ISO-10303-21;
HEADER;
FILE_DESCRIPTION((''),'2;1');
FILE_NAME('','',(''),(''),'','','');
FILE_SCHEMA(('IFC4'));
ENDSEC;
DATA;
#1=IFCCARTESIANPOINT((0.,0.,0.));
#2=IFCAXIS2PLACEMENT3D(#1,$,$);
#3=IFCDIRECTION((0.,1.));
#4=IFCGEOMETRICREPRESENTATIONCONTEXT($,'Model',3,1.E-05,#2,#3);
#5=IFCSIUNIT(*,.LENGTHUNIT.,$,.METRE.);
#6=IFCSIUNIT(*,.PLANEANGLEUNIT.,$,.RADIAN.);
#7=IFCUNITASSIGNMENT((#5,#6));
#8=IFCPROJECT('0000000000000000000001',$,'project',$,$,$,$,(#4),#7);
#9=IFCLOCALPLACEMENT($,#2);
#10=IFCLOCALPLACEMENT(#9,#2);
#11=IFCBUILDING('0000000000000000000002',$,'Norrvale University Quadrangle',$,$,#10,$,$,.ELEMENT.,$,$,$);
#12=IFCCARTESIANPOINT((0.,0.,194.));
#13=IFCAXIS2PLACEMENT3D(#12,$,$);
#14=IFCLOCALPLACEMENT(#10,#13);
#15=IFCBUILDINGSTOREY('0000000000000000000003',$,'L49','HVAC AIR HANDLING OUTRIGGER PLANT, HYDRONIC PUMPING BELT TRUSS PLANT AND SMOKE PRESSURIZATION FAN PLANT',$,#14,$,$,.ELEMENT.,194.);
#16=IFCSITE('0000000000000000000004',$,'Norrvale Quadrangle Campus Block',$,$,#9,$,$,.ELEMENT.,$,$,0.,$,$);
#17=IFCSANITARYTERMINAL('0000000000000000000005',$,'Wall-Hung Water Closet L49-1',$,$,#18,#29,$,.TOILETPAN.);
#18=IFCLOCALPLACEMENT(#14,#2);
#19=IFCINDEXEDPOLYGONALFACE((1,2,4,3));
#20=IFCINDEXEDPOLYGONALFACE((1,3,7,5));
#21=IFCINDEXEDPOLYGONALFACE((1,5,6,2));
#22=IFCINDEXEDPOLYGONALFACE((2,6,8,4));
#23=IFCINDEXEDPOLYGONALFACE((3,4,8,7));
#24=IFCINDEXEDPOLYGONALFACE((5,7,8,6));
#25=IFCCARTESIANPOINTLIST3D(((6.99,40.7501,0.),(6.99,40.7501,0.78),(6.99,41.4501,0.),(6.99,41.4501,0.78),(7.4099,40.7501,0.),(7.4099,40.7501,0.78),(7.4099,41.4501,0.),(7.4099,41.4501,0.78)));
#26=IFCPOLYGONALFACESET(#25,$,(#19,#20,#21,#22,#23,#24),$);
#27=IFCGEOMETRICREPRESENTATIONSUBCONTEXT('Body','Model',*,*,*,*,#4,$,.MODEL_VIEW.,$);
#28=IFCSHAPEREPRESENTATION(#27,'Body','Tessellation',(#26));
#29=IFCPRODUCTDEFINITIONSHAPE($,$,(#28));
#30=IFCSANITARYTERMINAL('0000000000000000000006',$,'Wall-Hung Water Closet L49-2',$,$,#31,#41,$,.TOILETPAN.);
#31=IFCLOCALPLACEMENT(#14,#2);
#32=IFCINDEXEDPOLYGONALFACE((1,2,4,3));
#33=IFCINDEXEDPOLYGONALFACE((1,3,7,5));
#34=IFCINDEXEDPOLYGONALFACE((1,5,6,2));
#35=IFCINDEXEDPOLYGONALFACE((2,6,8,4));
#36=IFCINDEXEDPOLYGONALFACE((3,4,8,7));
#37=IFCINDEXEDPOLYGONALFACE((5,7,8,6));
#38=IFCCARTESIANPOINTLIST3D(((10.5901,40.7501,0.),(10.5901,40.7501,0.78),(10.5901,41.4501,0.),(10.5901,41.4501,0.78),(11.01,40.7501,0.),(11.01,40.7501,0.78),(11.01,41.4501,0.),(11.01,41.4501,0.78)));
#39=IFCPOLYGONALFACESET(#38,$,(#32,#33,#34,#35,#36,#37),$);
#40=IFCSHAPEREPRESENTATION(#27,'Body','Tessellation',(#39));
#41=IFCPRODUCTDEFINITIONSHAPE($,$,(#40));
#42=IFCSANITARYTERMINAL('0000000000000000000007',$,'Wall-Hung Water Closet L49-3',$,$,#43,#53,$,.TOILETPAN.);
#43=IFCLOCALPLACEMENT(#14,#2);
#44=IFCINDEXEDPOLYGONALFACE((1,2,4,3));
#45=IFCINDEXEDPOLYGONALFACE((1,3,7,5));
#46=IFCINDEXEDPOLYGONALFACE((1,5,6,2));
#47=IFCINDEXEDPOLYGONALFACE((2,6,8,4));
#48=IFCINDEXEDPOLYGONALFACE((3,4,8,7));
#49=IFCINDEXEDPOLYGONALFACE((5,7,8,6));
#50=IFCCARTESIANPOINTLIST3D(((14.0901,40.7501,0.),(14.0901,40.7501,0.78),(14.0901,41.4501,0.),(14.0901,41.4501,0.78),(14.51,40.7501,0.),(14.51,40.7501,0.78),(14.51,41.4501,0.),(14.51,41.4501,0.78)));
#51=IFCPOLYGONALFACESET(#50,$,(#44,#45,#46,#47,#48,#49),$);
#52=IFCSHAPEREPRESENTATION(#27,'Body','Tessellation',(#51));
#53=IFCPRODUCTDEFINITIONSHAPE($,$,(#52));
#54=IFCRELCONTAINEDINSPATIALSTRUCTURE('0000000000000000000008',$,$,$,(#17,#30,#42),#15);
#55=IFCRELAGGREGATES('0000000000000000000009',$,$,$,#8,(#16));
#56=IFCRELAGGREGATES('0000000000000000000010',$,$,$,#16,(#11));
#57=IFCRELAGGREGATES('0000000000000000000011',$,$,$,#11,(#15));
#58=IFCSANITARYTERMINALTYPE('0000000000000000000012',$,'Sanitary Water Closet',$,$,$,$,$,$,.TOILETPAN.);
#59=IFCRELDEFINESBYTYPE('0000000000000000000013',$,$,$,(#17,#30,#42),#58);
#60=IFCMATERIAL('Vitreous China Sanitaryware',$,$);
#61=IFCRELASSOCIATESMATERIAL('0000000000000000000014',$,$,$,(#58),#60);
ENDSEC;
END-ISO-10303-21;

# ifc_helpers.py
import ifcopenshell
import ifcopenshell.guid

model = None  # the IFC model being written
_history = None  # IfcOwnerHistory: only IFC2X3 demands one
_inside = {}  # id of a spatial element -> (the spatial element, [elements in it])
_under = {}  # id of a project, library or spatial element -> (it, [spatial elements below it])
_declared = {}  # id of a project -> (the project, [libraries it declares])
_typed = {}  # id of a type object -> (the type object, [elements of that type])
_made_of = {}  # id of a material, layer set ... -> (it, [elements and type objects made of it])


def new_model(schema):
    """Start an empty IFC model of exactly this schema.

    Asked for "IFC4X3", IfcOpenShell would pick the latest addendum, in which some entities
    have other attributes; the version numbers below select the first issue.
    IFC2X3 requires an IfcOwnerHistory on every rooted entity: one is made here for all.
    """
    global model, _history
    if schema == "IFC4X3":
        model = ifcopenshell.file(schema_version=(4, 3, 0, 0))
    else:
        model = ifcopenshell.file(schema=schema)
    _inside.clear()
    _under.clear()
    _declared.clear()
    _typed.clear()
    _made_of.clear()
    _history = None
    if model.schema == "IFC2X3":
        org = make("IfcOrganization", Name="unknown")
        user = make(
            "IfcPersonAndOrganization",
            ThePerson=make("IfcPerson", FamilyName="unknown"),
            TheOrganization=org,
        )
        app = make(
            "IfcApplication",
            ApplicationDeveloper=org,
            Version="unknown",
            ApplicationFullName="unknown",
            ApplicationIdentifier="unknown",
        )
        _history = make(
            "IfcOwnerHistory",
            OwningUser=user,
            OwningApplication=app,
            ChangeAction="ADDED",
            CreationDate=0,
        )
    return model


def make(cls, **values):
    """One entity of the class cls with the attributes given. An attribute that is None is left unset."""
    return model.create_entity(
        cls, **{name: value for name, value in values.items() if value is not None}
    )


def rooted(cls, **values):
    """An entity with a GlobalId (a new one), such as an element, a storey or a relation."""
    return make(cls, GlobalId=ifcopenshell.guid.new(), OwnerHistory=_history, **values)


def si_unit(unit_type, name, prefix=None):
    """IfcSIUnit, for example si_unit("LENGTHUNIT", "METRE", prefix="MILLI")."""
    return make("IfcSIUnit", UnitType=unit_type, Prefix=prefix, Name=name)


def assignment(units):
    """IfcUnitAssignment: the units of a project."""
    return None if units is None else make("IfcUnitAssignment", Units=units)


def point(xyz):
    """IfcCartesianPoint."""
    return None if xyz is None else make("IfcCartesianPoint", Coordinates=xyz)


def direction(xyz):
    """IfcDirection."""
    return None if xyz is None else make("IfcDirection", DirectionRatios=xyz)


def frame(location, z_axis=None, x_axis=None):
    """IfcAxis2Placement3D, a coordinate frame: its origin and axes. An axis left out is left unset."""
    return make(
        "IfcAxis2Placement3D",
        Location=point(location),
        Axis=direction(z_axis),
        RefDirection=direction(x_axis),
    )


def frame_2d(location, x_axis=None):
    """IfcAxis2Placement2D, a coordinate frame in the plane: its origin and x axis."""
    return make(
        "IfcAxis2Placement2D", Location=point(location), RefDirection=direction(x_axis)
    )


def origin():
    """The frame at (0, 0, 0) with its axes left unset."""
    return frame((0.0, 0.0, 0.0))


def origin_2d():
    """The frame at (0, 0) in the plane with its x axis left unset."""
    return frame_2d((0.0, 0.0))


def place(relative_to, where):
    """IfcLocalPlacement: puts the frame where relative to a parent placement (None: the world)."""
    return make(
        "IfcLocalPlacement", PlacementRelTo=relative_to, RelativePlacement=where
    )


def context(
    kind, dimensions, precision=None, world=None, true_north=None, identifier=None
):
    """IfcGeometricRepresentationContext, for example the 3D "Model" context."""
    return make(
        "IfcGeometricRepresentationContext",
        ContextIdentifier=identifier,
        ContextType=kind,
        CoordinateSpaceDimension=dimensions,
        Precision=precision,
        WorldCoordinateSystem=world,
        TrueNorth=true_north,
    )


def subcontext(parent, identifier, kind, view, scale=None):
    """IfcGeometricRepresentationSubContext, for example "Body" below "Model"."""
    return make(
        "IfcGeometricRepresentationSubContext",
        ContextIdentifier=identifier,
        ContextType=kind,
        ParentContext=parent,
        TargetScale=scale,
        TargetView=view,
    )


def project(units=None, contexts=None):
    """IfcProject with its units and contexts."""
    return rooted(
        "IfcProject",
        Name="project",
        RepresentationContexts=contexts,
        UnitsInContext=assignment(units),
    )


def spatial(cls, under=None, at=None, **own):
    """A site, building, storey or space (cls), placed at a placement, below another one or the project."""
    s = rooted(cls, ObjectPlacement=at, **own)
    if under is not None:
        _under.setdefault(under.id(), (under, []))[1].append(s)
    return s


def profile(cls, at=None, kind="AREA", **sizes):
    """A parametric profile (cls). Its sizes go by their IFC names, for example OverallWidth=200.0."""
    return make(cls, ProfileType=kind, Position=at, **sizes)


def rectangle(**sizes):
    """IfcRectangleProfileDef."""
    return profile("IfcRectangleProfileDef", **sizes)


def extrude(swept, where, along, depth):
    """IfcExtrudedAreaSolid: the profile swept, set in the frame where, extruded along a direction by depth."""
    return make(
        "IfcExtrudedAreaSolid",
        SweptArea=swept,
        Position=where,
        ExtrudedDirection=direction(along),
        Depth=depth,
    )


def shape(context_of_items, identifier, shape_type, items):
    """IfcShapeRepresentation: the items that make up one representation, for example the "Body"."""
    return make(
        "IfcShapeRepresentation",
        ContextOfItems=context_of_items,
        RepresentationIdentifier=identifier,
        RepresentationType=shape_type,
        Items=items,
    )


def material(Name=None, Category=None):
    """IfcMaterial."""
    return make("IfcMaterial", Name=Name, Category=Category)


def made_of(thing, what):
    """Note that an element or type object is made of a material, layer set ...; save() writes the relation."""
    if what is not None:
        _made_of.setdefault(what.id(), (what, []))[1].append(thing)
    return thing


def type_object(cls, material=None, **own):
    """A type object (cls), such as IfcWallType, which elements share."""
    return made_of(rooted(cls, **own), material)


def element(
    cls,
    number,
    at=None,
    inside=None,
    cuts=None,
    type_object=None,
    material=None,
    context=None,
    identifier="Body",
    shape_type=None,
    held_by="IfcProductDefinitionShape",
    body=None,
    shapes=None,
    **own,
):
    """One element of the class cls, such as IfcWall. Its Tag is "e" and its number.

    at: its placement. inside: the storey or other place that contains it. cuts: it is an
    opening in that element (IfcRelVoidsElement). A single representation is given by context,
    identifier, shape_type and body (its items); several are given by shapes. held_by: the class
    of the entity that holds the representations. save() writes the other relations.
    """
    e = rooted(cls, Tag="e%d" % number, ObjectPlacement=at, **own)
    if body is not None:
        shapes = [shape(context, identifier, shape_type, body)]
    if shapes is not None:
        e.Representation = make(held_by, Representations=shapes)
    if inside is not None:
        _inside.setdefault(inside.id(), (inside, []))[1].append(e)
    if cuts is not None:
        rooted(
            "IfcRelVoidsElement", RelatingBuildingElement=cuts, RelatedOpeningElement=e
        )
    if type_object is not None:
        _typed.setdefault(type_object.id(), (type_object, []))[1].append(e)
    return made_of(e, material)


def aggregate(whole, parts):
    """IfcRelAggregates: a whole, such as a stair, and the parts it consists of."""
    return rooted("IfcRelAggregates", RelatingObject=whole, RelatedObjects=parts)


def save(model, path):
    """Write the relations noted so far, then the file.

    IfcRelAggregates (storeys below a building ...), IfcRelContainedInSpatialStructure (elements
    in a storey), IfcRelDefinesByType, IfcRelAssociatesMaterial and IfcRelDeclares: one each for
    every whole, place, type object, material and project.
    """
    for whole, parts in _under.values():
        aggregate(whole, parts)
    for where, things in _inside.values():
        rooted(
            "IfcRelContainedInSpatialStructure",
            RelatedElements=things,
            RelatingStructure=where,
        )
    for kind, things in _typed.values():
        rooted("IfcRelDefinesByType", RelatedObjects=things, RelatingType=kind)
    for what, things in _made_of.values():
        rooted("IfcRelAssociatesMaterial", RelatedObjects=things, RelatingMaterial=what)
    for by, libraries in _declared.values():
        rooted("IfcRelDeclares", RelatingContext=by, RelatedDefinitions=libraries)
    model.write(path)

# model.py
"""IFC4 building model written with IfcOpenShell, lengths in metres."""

from ifc_helpers import new_model, si_unit, direction, frame, origin, origin_2d, place, context, subcontext, project, spatial, rectangle, extrude, material, type_object, element, save


model = new_model("IFC4")

# Units and contexts
model_context = context("Model", 3, precision=1e-05, world=origin(), true_north=direction((0.0, 1.0)))
body_context = subcontext(model_context, "Body", "Model", "MODEL_VIEW")
ifc_project = project(units=[si_unit("LENGTHUNIT", "METRE"), si_unit("PLANEANGLEUNIT", "RADIAN")], contexts=[model_context])

# Site, building, storey
site_placement = place(None, origin())
site = spatial("IfcSite", under=ifc_project, at=site_placement, Name="Norrvale Quadrangle Campus Block", CompositionType="ELEMENT", RefElevation=0.0)
building_placement = place(site_placement, origin())
building = spatial("IfcBuilding", under=site, at=building_placement, Name="Norrvale University Quadrangle", CompositionType="ELEMENT")
storey_placement = place(building_placement, frame((0.0, 0.0, 194.0)))
storey = spatial("IfcBuildingStorey", under=building, at=storey_placement, Name="L49", Description="HVAC AIR HANDLING OUTRIGGER PLANT, HYDRONIC PUMPING BELT TRUSS PLANT AND SMOKE PRESSURIZATION FAN PLANT", CompositionType="ELEMENT", Elevation=194.0)

# Sanitary terminals
ifc_material_1 = material(Name="Vitreous China Sanitaryware")
sanitary_terminal_type_1 = type_object("IfcSanitaryTerminalType", Name="Sanitary Water Closet", PredefinedType="TOILETPAN", material=ifc_material_1)
for number, where, z_axis, x_axis, name in (
    (1, (7.2, 41.1001, 0.0), (0.0, 0.0, 1.0), (1.0, 0.0, 0.0), "Wall-Hung Water Closet L49-1"),
    (2, (10.8, 41.1001, 0.0), (0.0, 0.0, 1.0), (1.0, 0.0, 0.0), "Wall-Hung Water Closet L49-2"),
    (3, (14.3, 41.1001, 0.0), (0.0, 0.0, 1.0), (1.0, 0.0, 0.0), "Wall-Hung Water Closet L49-3"),
):
    element("IfcSanitaryTerminal", number, at=place(storey_placement, frame(where, z_axis=z_axis, x_axis=x_axis)), inside=storey, type_object=sanitary_terminal_type_1, Name=name, PredefinedType="TOILETPAN", context=body_context, shape_type="SweptSolid", body=[
        extrude(rectangle(XDim=0.4199, YDim=0.7, at=origin_2d()), origin(), (0.0, 0.0, 1.0), 0.78),
    ])

save(model, "model.ifc")
